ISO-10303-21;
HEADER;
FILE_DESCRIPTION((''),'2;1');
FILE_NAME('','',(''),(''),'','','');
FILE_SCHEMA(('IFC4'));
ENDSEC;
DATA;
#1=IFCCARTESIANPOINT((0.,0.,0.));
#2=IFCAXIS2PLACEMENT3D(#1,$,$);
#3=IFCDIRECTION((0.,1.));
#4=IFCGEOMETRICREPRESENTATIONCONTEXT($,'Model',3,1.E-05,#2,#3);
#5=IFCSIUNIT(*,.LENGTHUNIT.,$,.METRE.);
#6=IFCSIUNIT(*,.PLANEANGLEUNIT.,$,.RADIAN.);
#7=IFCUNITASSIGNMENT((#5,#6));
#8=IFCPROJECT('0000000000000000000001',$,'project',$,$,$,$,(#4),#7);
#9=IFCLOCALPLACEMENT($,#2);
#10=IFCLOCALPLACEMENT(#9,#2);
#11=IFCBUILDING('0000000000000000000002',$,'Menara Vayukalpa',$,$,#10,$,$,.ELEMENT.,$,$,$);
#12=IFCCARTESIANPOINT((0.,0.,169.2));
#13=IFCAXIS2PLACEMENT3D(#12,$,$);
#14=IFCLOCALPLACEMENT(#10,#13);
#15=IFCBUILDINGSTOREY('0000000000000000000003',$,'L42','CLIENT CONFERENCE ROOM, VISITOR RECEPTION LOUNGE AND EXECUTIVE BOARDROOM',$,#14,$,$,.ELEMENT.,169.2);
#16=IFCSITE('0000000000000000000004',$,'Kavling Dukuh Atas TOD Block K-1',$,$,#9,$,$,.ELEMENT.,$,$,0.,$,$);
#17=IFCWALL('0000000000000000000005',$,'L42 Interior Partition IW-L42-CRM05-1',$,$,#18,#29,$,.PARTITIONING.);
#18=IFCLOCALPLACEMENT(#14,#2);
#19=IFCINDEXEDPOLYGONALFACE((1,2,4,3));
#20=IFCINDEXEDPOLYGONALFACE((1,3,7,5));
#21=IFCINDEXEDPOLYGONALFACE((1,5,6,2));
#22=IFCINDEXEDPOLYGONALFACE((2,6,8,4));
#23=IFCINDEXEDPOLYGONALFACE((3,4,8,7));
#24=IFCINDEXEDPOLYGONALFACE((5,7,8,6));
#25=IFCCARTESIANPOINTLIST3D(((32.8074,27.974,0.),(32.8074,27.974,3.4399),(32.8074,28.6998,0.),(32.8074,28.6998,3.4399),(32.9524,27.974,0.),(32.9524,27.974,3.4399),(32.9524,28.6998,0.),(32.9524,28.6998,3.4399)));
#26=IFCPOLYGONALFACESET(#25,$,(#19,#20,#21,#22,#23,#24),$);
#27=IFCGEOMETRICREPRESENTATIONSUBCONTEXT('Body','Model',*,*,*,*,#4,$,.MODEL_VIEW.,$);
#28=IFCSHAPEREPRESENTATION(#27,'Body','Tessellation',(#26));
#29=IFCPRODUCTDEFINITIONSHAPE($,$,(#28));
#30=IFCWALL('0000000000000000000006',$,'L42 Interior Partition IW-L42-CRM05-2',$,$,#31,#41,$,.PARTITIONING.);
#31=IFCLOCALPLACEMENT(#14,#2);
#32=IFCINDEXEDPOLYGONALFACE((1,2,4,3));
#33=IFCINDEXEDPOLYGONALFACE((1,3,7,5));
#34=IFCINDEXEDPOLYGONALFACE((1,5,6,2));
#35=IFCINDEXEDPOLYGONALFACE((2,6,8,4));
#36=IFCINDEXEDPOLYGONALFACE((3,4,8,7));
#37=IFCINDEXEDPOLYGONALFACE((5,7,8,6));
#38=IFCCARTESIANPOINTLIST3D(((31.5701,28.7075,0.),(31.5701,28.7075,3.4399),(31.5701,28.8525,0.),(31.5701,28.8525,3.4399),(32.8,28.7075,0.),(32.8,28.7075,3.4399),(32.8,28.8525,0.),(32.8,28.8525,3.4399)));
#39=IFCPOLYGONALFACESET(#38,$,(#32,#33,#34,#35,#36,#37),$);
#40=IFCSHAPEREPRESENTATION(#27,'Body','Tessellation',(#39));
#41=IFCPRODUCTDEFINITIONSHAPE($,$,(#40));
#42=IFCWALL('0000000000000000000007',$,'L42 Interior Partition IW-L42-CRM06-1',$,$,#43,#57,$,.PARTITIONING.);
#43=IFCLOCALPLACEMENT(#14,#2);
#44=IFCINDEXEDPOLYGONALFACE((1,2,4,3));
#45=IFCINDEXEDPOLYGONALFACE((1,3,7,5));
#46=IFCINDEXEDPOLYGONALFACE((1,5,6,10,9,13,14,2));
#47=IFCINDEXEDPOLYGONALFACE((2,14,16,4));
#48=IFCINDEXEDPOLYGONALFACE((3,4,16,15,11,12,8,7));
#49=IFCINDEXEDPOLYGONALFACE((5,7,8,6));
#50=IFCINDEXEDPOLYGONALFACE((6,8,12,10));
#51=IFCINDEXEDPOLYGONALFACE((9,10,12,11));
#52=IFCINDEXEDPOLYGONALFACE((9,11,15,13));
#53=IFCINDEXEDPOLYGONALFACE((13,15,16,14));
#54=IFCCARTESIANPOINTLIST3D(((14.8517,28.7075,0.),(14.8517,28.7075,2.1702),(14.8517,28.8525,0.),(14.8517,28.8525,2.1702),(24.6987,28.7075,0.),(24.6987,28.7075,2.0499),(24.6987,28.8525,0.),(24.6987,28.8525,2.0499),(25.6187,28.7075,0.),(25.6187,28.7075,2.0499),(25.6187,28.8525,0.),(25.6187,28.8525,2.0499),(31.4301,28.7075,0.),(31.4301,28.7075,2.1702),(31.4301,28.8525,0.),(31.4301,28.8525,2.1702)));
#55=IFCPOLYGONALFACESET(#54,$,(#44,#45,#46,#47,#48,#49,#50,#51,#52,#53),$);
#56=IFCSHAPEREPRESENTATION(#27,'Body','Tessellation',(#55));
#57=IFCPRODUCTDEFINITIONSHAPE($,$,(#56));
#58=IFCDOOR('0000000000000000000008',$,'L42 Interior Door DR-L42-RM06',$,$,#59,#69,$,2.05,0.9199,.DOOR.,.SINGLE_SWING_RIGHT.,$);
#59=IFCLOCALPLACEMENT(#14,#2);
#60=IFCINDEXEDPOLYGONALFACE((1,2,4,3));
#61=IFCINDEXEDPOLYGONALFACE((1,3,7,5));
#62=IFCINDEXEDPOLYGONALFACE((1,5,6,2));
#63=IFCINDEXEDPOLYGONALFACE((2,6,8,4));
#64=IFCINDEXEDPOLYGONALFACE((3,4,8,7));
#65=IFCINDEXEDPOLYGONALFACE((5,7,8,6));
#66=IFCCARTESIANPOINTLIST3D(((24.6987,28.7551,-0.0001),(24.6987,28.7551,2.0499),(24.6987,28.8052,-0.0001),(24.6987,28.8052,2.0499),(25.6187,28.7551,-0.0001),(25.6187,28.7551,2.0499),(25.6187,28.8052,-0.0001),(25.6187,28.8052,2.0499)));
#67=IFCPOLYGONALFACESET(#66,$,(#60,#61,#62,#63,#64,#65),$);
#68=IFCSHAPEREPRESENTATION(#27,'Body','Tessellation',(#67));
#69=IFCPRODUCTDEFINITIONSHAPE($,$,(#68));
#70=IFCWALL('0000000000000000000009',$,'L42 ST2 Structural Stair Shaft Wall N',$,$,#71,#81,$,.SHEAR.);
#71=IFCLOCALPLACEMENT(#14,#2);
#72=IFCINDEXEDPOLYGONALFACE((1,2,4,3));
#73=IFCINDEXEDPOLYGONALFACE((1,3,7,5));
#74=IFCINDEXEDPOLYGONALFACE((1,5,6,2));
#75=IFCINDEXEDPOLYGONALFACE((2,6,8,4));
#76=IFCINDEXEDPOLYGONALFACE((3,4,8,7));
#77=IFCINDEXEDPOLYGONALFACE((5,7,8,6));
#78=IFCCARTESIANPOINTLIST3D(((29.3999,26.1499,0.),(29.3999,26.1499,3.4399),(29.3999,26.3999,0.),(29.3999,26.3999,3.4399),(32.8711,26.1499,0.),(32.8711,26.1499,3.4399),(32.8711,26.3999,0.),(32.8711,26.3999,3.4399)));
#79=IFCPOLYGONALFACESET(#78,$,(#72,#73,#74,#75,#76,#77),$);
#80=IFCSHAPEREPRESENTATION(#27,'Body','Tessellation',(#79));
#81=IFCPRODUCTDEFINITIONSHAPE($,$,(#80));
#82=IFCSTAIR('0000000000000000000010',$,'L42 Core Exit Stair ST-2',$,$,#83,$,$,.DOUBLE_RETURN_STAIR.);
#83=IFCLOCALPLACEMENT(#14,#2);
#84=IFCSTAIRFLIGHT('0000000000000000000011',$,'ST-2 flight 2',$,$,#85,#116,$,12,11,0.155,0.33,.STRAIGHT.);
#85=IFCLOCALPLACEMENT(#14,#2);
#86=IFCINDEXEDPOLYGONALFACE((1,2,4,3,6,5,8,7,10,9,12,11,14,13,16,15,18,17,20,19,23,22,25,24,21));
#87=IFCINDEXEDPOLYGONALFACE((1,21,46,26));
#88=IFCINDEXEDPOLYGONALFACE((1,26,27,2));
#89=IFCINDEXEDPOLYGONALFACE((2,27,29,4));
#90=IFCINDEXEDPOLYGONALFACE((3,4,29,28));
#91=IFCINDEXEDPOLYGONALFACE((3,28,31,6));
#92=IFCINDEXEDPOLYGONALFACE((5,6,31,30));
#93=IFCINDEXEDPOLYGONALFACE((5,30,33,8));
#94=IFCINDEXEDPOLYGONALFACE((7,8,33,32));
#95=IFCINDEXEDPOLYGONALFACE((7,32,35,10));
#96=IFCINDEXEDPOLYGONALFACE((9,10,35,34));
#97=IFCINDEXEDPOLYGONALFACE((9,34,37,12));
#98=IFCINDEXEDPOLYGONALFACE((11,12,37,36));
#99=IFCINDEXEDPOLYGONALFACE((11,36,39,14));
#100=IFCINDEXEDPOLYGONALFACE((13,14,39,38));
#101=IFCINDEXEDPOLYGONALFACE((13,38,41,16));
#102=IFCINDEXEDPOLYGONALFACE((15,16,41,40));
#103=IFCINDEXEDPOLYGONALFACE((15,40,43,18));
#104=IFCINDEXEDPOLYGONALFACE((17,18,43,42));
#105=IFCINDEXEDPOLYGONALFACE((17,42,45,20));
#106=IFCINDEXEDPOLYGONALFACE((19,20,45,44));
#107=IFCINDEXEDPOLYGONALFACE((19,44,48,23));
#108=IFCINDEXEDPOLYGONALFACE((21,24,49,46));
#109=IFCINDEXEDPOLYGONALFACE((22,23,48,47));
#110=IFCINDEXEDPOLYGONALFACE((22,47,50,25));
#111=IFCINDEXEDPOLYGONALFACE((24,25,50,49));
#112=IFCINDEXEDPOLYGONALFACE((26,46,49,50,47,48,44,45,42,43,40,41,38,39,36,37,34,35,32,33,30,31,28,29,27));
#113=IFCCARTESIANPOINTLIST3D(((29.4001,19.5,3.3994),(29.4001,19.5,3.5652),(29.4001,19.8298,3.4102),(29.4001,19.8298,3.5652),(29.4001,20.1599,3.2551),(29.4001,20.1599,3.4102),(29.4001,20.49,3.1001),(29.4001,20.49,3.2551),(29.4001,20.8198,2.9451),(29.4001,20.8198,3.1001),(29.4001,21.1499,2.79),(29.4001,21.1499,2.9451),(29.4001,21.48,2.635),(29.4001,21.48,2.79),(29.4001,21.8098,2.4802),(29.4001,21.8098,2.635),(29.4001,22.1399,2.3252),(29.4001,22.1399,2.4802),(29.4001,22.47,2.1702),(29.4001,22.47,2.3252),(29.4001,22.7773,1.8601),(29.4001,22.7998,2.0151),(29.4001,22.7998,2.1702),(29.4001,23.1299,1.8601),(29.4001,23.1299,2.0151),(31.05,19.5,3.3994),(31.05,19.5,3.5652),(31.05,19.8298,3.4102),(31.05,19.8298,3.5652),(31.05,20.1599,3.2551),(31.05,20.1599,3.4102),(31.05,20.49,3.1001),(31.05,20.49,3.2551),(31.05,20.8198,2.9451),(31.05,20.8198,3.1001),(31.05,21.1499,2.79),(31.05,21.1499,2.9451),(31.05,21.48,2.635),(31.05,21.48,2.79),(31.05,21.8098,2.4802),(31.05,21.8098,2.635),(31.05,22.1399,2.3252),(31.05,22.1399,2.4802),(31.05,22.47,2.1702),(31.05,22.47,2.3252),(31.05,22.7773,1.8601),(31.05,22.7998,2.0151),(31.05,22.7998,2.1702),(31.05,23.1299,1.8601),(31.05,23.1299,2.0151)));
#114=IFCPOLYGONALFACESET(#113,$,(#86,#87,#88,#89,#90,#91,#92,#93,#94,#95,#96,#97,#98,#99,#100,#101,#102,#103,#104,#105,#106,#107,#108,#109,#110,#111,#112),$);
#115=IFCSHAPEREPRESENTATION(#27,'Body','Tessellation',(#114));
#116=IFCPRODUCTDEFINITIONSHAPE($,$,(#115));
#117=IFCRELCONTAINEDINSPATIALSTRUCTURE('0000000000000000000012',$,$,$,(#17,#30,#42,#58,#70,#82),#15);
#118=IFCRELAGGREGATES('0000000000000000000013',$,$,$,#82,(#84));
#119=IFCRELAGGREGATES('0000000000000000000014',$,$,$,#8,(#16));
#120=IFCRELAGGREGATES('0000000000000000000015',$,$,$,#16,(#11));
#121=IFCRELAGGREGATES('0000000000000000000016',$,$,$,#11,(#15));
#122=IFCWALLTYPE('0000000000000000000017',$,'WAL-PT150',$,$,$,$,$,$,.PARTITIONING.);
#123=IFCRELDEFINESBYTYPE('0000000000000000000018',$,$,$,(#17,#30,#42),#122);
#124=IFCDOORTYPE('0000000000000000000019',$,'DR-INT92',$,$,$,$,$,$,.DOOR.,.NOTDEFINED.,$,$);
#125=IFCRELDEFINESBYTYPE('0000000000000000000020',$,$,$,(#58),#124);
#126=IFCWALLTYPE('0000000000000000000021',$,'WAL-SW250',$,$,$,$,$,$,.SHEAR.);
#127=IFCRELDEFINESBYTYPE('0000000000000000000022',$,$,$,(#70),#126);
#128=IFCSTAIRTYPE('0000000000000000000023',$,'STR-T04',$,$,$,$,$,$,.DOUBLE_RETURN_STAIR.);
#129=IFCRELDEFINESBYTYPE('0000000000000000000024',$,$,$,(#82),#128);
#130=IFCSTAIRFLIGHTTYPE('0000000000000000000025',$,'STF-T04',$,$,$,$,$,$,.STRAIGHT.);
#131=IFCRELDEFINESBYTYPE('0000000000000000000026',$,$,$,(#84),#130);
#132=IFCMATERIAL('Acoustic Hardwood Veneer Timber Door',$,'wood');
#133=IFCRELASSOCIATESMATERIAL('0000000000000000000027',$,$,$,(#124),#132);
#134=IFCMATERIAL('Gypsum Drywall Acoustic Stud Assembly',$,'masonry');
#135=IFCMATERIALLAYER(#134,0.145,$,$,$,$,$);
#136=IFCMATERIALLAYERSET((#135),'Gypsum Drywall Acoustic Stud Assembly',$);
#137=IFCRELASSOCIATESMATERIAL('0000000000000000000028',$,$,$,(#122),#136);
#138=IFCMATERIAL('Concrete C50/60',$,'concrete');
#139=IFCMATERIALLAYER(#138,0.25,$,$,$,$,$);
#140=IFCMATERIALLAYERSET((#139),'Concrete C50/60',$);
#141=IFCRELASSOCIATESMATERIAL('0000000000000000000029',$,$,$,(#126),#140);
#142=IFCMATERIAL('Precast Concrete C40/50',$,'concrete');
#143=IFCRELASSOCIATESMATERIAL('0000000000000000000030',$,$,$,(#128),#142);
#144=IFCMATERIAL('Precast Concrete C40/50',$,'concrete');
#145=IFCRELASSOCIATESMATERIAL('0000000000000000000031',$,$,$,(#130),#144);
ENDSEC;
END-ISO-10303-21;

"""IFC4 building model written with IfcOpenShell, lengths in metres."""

from ifc_helpers import new_model, si_unit, direction, frame, frame_2d, origin, place, context, subcontext, project, spatial, polyline, rectangle, outline, extrude, material, layer, layer_set, type_object, element, fill, aggregate, save


model = new_model("IFC4")

# Units and contexts
model_context = context("Model", 3, precision=1e-05, world=origin(), true_north=direction((0.0, 1.0)))
body_context = subcontext(model_context, "Body", "Model", "MODEL_VIEW")
ifc_project = project(units=[si_unit("LENGTHUNIT", "METRE"), si_unit("PLANEANGLEUNIT", "RADIAN")], contexts=[model_context])

# Site, building, storey
site_placement = place(None, origin())
site = spatial("IfcSite", under=ifc_project, at=site_placement, Name="Kavling Dukuh Atas TOD Block K-1", CompositionType="ELEMENT", RefElevation=0.0)
building_placement = place(site_placement, origin())
building = spatial("IfcBuilding", under=site, at=building_placement, Name="Menara Vayukalpa", CompositionType="ELEMENT")
storey_placement = place(building_placement, frame((0.0, 0.0, 169.2)))
storey = spatial("IfcBuildingStorey", under=building, at=storey_placement, Name="L42", Description="CLIENT CONFERENCE ROOM, VISITOR RECEPTION LOUNGE AND EXECUTIVE BOARDROOM", CompositionType="ELEMENT", Elevation=169.2)

# Shared definitions
ifc_material_1 = material(Name="Acoustic Hardwood Veneer Timber Door", Category="wood")
door_type_1 = type_object("IfcDoorType", Name="DR-INT92", OperationType="NOTDEFINED", PredefinedType="DOOR", material=ifc_material_1)

# Walls
ifc_material_2 = material(Name="Gypsum Drywall Acoustic Stud Assembly", Category="masonry")
ifc_layer_1 = layer(ifc_material_2, 0.145)
ifc_layer_set_1 = layer_set([ifc_layer_1], Name="Gypsum Drywall Acoustic Stud Assembly")
wall_type_1 = type_object("IfcWallType", Name="WAL-PT150", PredefinedType="PARTITIONING", material=ifc_layer_set_1)
wall_1_placement = place(storey_placement, frame((32.8799, 27.9741, 0.0), z_axis=(0.0, 0.0, 1.0), x_axis=(0.0, 1.0, 0.0)))
element("IfcWall", 1, at=wall_1_placement, inside=storey, type_object=wall_type_1, Name="L42 Interior Partition IW-L42-CRM05-1", PredefinedType="PARTITIONING", context=body_context, shape_type="SweptSolid", body=[
    extrude(rectangle(XDim=0.7258, YDim=0.145, at=frame_2d((0.3628, 0.0))), origin(), (0.0, 0.0, 1.0), 3.4399),
])
wall_2_placement = place(storey_placement, frame((32.8, 28.78, 0.0), z_axis=(0.0, 0.0, 1.0), x_axis=(-1.0, 0.0, 0.0)))
element("IfcWall", 2, at=wall_2_placement, inside=storey, type_object=wall_type_1, Name="L42 Interior Partition IW-L42-CRM05-2", PredefinedType="PARTITIONING", context=body_context, shape_type="SweptSolid", body=[
    extrude(rectangle(XDim=1.23, YDim=0.145, at=frame_2d((0.615, 0.0))), origin(), (0.0, 0.0, 1.0), 3.4399),
])

# Wall, opening, door
wall_3_placement = place(storey_placement, frame((31.4299, 28.78, 0.0), z_axis=(0.0, 0.0, 1.0), x_axis=(-1.0, 0.0, 0.0)))
wall_3 = element("IfcWall", 3, at=wall_3_placement, inside=storey, type_object=wall_type_1, Name="L42 Interior Partition IW-L42-CRM06-1", PredefinedType="PARTITIONING", context=body_context, shape_type="SweptSolid", body=[
    extrude(rectangle(XDim=16.5784, YDim=0.145, at=frame_2d((8.2891, 0.0))), origin(), (0.0, 0.0, 1.0), 2.1702),
])
opening_1_placement = place(wall_3_placement, frame((5.8113, 0.0, 0.0)))
opening_1 = element("IfcOpeningElement", 4, at=opening_1_placement, cuts=wall_3, PredefinedType="OPENING", context=body_context, shape_type="SweptSolid", body=[
    extrude(rectangle(XDim=0.9199, YDim=2.05, at=frame_2d((0.46, 1.0249))), frame((0.0, 0.0825, 0.0), z_axis=(0.0, -1.0, 0.0), x_axis=(1.0, 0.0, 0.0)), (0.0, 0.0, 1.0), 0.165),
])
door_1_placement = place(opening_1_placement, origin())
door_1 = element("IfcDoor", 5, at=door_1_placement, inside=storey, type_object=door_type_1, Name="L42 Interior Door DR-L42-RM06", OperationType="SINGLE_SWING_RIGHT", OverallHeight=2.05, OverallWidth=0.9199, PredefinedType="DOOR", context=body_context, shape_type="SweptSolid", body=[
    extrude(rectangle(XDim=0.9199, YDim=2.05, at=frame_2d((0.46, 1.0249))), frame((0.0, 0.0249, 0.0), z_axis=(0.0, -1.0, 0.0), x_axis=(1.0, 0.0, 0.0)), (0.0, 0.0, 1.0), 0.05),
])
fill(opening_1, door_1)

# Wall
ifc_material_3 = material(Name="Concrete C50/60", Category="concrete")
ifc_layer_2 = layer(ifc_material_3, 0.25)
ifc_layer_set_2 = layer_set([ifc_layer_2], Name="Concrete C50/60")
wall_type_2 = type_object("IfcWallType", Name="WAL-SW250", PredefinedType="SHEAR", material=ifc_layer_set_2)
wall_4_placement = place(storey_placement, frame((29.3999, 26.2749, 0.0), z_axis=(0.0, 0.0, 1.0), x_axis=(1.0, 0.0, 0.0)))
element("IfcWall", 6, at=wall_4_placement, inside=storey, type_object=wall_type_2, Name="L42 ST2 Structural Stair Shaft Wall N", PredefinedType="SHEAR", context=body_context, shape_type="SweptSolid", body=[
    extrude(rectangle(XDim=3.4712, YDim=0.25, at=frame_2d((1.7356, 0.0))), origin(), (0.0, 0.0, 1.0), 3.4399),
])

# Stair, stair flight
ifc_material_4 = material(Name="Precast Concrete C40/50", Category="concrete")
stair_type = type_object("IfcStairType", Name="STR-T04", PredefinedType="DOUBLE_RETURN_STAIR", material=ifc_material_4)
stair_placement = place(storey_placement, origin())
stair = element("IfcStair", 7, at=stair_placement, inside=storey, type_object=stair_type, Name="L42 Core Exit Stair ST-2", PredefinedType="DOUBLE_RETURN_STAIR")
ifc_material_5 = material(Name="Precast Concrete C40/50", Category="concrete")
stair_flight_type = type_object("IfcStairFlightType", Name="STF-T04", PredefinedType="STRAIGHT", material=ifc_material_5)
stair_flight_placement = place(storey_placement, frame((30.2251, 23.1299, 1.8601), z_axis=(0.0, 0.0, 1.0), x_axis=(0.0, -1.0, 0.0)))
stair_flight = element("IfcStairFlight", 8, at=stair_flight_placement, type_object=stair_flight_type, Name="ST-2 flight 2", NumberOfRisers=12, NumberOfTreads=11, PredefinedType="STRAIGHT", RiserHeight=0.155, TreadLength=0.33, context=body_context, shape_type="SweptSolid", body=[
    extrude(outline(polyline([(0.0, 0.0), (0.0, 0.155), (0.3301, 0.155), (0.3301, 0.3101), (0.6599, 0.3101), (0.6599, 0.4651), (0.99, 0.4651), (0.99, 0.6201), (1.3201, 0.6201), (1.3201, 0.7749), (1.6499, 0.7749), (1.6499, 0.9299), (1.98, 0.9299), (1.98, 1.085), (2.3101, 1.085), (2.3101, 1.24), (2.6399, 1.24), (2.6399, 1.395), (2.97, 1.395), (2.97, 1.55), (3.3, 1.55), (3.3, 1.7051), (3.6299, 1.7051), (3.6299, 1.8601), (3.6299, 1.5393), (0.3525, 0.0), (0.0, 0.0)])), frame((0.0, 0.825, 0.0), z_axis=(0.0, -1.0, 0.0), x_axis=(1.0, 0.0, 0.0)), (0.0, 0.0, 1.0), 1.6499),
])
aggregate(stair, [stair_flight])

save(model, "model.ifc")
